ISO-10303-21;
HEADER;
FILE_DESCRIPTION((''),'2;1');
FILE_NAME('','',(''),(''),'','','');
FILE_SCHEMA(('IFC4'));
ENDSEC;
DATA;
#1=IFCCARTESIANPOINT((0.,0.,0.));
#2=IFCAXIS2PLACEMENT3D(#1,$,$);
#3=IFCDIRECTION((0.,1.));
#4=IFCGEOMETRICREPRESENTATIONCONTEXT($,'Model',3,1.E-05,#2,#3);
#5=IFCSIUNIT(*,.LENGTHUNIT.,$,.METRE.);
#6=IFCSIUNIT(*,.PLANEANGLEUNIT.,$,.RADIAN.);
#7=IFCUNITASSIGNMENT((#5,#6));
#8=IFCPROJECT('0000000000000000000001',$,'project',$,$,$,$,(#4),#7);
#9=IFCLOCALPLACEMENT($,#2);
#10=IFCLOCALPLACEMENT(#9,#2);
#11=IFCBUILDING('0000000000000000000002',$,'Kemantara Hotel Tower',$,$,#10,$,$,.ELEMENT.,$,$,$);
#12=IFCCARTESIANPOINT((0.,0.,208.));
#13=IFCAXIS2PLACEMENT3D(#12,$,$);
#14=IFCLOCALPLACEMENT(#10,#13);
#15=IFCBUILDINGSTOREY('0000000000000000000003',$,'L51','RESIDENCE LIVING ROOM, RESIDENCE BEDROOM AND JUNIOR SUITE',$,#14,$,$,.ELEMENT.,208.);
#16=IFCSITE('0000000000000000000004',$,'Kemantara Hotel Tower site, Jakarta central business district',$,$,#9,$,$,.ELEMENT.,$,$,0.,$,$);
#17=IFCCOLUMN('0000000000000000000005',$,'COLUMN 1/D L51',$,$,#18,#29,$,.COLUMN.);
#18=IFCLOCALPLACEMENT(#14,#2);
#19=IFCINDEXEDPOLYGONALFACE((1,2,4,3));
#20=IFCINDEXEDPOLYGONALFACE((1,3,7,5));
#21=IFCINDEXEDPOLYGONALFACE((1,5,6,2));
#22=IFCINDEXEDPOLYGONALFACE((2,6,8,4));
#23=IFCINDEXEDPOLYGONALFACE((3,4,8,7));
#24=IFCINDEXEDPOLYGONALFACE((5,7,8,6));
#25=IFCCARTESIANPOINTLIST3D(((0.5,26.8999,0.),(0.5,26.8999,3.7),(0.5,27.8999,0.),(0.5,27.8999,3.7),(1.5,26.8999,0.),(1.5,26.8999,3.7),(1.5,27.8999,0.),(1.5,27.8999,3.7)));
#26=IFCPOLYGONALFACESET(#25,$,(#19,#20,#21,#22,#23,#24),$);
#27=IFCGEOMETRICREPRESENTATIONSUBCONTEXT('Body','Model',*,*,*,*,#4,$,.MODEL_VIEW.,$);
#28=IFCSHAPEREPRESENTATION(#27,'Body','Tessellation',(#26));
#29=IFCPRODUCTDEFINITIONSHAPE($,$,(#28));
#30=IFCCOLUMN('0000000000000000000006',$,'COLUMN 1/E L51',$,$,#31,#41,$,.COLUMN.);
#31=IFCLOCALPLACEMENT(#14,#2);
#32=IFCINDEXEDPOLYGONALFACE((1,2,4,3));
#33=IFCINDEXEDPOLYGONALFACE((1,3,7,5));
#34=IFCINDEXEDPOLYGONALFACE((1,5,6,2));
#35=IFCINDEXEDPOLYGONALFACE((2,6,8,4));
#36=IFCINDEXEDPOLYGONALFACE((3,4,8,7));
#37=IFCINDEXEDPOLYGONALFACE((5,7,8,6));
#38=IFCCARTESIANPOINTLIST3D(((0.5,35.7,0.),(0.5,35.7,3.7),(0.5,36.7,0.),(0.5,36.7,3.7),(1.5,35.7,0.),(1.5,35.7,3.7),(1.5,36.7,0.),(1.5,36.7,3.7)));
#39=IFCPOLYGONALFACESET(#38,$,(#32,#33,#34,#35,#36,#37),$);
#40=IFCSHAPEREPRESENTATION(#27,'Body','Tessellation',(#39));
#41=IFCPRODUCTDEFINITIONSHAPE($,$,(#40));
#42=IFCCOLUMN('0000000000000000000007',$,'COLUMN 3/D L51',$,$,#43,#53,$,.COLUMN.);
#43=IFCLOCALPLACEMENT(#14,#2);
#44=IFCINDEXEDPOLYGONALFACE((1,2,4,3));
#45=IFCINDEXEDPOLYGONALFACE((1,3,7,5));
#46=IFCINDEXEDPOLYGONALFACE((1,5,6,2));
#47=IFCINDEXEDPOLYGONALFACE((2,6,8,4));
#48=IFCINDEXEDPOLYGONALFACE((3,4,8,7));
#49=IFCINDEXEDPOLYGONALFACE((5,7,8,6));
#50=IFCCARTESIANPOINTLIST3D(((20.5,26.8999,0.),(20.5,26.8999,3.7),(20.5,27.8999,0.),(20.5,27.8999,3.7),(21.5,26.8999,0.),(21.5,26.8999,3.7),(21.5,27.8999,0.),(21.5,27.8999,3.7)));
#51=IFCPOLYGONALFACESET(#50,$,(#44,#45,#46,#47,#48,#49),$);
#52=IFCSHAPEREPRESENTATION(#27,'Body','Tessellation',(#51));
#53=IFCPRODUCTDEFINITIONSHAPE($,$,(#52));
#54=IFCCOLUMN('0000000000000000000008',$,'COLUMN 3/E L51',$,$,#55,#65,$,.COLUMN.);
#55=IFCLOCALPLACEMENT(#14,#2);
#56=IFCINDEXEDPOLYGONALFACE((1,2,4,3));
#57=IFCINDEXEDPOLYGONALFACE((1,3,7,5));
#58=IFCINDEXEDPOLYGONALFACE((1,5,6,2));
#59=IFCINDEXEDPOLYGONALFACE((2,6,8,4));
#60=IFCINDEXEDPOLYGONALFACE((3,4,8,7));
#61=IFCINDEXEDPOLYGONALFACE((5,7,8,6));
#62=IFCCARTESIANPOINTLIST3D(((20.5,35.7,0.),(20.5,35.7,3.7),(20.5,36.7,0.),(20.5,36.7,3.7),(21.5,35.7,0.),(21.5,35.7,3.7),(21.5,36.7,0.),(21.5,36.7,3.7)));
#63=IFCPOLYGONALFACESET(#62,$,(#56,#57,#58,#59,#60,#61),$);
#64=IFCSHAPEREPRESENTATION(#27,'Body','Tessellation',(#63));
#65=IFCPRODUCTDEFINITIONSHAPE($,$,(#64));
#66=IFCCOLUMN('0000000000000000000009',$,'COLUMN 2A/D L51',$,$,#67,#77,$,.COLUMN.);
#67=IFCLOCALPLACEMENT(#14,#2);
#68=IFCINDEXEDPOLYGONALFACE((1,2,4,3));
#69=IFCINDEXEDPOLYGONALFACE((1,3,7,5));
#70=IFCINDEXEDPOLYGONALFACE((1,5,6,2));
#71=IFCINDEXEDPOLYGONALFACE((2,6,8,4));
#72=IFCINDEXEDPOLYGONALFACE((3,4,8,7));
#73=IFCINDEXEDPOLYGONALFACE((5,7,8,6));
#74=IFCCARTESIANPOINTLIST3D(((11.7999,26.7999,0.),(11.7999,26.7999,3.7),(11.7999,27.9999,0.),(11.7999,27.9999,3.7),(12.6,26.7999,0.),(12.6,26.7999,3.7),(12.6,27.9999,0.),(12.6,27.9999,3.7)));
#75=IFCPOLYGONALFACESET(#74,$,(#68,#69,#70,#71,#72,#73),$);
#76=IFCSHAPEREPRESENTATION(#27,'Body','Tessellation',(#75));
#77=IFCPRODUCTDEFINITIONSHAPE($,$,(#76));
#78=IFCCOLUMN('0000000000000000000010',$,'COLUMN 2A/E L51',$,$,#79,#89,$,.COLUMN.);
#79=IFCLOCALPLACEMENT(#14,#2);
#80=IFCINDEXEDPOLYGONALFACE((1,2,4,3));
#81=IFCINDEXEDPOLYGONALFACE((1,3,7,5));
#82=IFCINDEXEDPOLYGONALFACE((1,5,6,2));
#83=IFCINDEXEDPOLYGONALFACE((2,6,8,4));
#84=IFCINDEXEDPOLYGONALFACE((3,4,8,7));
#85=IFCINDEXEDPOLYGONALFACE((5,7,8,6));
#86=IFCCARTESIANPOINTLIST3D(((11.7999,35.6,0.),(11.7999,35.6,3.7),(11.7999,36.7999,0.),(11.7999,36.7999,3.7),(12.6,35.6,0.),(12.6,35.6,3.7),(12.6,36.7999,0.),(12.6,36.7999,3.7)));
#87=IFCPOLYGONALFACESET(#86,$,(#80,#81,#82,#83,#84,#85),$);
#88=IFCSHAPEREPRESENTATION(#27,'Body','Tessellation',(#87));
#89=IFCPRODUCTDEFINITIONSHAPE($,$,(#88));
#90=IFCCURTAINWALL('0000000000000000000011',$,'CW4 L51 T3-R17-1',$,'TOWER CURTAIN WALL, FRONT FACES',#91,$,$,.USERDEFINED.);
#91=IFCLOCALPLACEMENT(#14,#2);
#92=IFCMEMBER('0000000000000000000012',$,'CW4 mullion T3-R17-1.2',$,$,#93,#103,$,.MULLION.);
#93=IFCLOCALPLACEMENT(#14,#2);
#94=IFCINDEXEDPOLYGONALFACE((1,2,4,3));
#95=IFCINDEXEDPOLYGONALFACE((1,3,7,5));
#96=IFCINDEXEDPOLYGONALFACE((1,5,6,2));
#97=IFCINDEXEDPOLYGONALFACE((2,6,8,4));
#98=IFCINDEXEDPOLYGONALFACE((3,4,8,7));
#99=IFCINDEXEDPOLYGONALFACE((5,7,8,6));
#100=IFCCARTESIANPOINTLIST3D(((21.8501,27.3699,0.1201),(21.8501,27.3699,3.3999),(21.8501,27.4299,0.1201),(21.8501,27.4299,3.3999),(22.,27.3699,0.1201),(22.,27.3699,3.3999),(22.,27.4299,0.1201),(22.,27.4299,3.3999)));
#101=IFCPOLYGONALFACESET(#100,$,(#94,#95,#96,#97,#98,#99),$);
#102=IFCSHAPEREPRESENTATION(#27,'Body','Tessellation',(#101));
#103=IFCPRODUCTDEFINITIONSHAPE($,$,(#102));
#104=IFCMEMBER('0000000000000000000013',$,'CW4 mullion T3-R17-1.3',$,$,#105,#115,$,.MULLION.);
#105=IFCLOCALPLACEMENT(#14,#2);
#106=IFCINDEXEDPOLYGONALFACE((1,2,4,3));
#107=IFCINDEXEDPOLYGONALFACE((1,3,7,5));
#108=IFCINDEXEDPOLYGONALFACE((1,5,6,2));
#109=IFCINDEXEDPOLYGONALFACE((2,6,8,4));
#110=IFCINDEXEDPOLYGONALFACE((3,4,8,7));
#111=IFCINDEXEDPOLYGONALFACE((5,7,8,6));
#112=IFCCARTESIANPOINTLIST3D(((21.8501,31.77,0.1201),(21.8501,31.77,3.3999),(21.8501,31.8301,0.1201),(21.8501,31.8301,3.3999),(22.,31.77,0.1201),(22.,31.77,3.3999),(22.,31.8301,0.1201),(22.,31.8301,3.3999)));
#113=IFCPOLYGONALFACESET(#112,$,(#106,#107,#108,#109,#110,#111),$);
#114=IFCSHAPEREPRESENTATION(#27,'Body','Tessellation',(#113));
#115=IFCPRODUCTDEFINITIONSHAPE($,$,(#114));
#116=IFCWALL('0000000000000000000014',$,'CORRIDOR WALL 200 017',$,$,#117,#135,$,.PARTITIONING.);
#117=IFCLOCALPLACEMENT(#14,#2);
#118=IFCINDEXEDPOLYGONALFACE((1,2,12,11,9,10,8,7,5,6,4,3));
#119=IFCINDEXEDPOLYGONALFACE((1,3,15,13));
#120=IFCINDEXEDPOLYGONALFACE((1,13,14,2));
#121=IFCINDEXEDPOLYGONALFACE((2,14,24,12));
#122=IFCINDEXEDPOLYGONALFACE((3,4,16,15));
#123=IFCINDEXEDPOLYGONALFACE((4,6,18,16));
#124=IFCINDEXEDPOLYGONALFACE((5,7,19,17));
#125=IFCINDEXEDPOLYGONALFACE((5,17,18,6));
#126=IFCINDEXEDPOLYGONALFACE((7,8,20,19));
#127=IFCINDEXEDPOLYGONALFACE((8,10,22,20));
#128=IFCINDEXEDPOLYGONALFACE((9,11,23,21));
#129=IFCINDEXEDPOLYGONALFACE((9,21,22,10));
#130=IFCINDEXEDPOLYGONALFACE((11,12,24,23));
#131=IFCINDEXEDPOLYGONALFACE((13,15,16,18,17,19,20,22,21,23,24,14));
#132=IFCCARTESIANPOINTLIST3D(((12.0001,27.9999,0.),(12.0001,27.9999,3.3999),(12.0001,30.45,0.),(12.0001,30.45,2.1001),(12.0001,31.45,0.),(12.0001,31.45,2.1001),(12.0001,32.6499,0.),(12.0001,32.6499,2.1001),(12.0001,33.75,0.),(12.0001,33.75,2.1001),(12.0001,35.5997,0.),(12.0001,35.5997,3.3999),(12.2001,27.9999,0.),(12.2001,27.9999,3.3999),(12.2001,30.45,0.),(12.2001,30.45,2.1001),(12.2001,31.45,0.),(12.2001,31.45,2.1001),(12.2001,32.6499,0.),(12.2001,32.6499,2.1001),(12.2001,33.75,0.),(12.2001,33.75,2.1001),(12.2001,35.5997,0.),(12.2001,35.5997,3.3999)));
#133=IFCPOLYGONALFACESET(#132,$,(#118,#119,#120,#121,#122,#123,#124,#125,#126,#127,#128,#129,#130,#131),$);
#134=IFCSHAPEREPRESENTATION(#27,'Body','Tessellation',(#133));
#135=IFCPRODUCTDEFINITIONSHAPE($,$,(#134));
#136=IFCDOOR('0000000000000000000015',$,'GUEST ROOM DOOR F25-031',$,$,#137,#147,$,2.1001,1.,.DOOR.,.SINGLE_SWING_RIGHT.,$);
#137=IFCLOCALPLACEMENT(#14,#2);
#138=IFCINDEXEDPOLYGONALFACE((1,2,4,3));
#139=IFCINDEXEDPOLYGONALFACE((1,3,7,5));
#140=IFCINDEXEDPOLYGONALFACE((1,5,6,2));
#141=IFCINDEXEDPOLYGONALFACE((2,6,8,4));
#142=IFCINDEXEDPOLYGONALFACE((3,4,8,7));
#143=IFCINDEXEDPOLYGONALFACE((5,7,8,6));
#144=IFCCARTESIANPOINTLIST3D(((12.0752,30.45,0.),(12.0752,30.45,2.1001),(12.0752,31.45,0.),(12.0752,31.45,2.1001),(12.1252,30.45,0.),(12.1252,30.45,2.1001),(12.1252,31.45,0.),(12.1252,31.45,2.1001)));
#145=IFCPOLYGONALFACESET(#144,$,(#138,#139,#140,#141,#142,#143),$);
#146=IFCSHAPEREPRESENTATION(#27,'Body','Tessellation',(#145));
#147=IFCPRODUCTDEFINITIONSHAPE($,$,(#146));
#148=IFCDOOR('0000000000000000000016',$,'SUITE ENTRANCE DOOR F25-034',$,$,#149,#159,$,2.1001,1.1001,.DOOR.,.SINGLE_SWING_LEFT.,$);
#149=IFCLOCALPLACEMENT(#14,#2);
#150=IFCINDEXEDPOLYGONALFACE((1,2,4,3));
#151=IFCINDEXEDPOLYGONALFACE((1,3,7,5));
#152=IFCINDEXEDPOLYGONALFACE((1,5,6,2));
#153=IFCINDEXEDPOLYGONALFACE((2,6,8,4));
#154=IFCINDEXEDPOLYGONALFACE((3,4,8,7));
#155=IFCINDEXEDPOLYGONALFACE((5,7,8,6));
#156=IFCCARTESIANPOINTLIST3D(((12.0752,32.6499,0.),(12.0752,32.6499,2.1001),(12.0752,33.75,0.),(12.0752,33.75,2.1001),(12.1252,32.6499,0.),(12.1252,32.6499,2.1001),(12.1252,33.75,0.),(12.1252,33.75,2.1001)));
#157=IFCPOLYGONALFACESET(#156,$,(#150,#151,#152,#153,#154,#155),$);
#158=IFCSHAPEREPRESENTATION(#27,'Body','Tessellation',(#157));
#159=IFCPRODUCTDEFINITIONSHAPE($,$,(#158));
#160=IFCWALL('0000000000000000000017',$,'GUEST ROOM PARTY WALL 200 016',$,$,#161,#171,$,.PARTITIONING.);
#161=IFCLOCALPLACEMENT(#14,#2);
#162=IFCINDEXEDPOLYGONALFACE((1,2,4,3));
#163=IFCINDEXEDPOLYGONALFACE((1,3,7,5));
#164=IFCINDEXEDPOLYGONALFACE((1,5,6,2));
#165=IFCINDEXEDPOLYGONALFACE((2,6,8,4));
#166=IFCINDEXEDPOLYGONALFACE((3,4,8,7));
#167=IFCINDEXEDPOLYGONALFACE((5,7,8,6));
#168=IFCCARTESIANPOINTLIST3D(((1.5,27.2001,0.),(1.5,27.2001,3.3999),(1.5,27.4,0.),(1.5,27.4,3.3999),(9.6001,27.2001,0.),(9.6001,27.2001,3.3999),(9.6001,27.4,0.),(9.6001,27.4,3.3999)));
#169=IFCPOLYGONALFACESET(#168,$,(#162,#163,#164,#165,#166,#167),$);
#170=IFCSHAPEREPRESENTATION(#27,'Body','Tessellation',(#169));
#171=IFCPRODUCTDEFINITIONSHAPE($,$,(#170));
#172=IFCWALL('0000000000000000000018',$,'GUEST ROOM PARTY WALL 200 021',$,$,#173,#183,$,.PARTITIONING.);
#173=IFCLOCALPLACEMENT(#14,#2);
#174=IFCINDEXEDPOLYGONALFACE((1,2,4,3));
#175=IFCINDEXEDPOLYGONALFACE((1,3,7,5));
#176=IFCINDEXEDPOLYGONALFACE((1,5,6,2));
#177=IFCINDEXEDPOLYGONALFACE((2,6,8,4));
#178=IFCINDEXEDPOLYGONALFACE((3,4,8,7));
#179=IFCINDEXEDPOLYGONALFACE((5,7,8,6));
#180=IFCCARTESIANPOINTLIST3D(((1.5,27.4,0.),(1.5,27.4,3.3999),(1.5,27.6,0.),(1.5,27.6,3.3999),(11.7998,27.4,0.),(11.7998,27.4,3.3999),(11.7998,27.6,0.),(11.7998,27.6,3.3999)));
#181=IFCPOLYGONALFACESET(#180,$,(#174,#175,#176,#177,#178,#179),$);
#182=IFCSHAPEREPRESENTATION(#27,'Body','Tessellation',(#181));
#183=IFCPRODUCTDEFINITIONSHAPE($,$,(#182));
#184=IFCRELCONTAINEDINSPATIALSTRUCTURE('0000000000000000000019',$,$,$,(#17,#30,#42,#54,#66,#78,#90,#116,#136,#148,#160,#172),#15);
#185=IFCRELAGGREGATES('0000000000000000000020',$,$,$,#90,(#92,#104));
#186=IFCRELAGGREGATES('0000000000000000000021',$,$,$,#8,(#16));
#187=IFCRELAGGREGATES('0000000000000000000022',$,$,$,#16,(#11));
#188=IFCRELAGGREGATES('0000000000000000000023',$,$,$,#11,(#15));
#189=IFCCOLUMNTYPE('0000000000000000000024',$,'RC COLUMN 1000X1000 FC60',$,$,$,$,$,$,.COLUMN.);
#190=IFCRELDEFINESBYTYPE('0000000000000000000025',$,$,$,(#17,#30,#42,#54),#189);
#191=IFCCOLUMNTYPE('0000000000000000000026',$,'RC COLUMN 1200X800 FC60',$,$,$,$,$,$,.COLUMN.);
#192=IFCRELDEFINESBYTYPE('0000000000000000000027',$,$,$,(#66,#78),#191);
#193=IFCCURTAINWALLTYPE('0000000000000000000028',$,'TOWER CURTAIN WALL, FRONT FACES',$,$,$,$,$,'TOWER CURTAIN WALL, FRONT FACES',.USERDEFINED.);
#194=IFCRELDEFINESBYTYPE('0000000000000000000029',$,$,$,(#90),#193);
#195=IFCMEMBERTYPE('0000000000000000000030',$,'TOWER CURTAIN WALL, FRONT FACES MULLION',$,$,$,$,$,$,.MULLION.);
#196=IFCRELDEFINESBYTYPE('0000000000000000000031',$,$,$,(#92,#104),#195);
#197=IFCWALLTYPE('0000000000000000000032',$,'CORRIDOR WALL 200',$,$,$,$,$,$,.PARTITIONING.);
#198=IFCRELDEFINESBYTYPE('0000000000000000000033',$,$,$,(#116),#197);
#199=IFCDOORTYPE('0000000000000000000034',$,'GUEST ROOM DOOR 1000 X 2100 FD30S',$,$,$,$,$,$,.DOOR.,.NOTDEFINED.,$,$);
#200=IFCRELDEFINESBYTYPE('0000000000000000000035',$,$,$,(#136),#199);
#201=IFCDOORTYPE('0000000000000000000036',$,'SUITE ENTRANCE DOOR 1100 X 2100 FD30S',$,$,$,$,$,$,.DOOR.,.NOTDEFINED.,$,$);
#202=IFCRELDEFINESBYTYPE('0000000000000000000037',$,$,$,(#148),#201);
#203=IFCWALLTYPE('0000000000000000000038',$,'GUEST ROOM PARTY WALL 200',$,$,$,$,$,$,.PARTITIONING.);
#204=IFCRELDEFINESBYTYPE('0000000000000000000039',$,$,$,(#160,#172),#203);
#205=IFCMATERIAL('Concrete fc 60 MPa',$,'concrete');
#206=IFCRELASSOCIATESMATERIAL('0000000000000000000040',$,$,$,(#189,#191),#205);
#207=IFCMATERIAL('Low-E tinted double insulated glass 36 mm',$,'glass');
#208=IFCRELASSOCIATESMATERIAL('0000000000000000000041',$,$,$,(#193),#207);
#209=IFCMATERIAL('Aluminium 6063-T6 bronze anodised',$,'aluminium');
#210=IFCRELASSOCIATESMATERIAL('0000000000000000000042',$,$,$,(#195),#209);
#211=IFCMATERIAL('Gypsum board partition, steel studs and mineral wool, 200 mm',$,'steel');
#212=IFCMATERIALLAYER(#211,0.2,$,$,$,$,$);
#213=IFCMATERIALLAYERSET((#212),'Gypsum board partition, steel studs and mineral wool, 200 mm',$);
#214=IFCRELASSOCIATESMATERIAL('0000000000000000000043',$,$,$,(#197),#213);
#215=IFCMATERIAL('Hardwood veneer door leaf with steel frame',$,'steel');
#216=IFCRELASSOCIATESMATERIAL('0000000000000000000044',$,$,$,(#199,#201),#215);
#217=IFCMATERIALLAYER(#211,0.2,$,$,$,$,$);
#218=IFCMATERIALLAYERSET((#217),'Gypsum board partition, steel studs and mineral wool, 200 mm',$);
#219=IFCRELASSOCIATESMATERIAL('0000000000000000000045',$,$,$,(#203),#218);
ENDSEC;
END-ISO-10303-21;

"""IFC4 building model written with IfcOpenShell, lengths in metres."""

from ifc_helpers import new_model, si_unit, direction, frame, frame_2d, origin, origin_2d, place, context, subcontext, project, spatial, rectangle, extrude, source, transform, mapped, material, layer, layer_set, material_profile, profile_set, type_object, element, fill, aggregate, save


model = new_model("IFC4")

# Units and contexts
model_context = context("Model", 3, precision=1e-05, world=origin(), true_north=direction((0.0, 1.0)))
body_context = subcontext(model_context, "Body", "Model", "MODEL_VIEW")
ifc_project = project(units=[si_unit("LENGTHUNIT", "METRE"), si_unit("PLANEANGLEUNIT", "RADIAN")], contexts=[model_context])

# Site, building, storey
site_placement = place(None, origin())
site = spatial("IfcSite", under=ifc_project, at=site_placement, Name="Kemantara Hotel Tower site, Jakarta central business district", CompositionType="ELEMENT", RefElevation=0.0)
building_placement = place(site_placement, origin())
building = spatial("IfcBuilding", under=site, at=building_placement, Name="Kemantara Hotel Tower", CompositionType="ELEMENT")
storey_placement = place(building_placement, frame((0.0, 0.0, 208.0)))
storey = spatial("IfcBuildingStorey", under=building, at=storey_placement, Name="L51", Description="RESIDENCE LIVING ROOM, RESIDENCE BEDROOM AND JUNIOR SUITE", CompositionType="ELEMENT", Elevation=208.0)

# Columns
ifc_material_1 = material(Name="Concrete fc 60 MPa", Category="concrete")
ifc_material_profile_1 = material_profile(ifc_material_1, rectangle(XDim=1.0, YDim=1.0, at=origin_2d()), Name="RC 1000X1000")
ifc_profile_set_1 = profile_set([ifc_material_profile_1], Name="Concrete fc 60 MPa")
column_type_1 = type_object("IfcColumnType", Name="RC COLUMN 1000X1000 FC60", PredefinedType="COLUMN", material=ifc_profile_set_1)
for number, where, z_axis, x_axis, name in (
    (1, (1.0, 27.3999, 0.0), (0.0, 0.0, 1.0), (1.0, 0.0, 0.0), "COLUMN 1/D L51"),
    (2, (1.0, 36.2, 0.0), (0.0, 0.0, 1.0), (1.0, 0.0, 0.0), "COLUMN 1/E L51"),
    (3, (21.0, 27.3999, 0.0), (0.0, 0.0, 1.0), (1.0, 0.0, 0.0), "COLUMN 3/D L51"),
    (4, (21.0, 36.2, 0.0), (0.0, 0.0, 1.0), (1.0, 0.0, 0.0), "COLUMN 3/E L51"),
):
    element("IfcColumn", number, at=place(storey_placement, frame(where, z_axis=z_axis, x_axis=x_axis)), inside=storey, type_object=column_type_1, Name=name, PredefinedType="COLUMN", context=body_context, shape_type="SweptSolid", body=[
        extrude(rectangle(XDim=1.0, YDim=1.0, at=origin_2d()), origin(), (0.0, 0.0, 1.0), 3.7),
    ])
ifc_material_profile_2 = material_profile(ifc_material_1, rectangle(XDim=1.2, YDim=0.8, at=origin_2d()), Name="RC 1200X800")
ifc_profile_set_2 = profile_set([ifc_material_profile_2], Name="Concrete fc 60 MPa")
column_type_2 = type_object("IfcColumnType", Name="RC COLUMN 1200X800 FC60", PredefinedType="COLUMN", material=ifc_profile_set_2)
for number, where, z_axis, x_axis, name in (
    (5, (12.2, 27.3999, 0.0), (0.0, 0.0, 1.0), (0.0, 1.0, 0.0), "COLUMN 2A/D L51"),
    (6, (12.2, 36.2, 0.0), (0.0, 0.0, 1.0), (0.0, 1.0, 0.0), "COLUMN 2A/E L51"),
):
    element("IfcColumn", number, at=place(storey_placement, frame(where, z_axis=z_axis, x_axis=x_axis)), inside=storey, type_object=column_type_2, Name=name, PredefinedType="COLUMN", context=body_context, shape_type="SweptSolid", body=[
        extrude(rectangle(XDim=1.2, YDim=0.8, at=origin_2d()), origin(), (0.0, 0.0, 1.0), 3.7),
    ])

# Curtain wall, members
ifc_material_2 = material(Name="Low-E tinted double insulated glass 36 mm", Category="glass")
curtain_wall_type = type_object("IfcCurtainWallType", Name="TOWER CURTAIN WALL, FRONT FACES", ElementType="TOWER CURTAIN WALL, FRONT FACES", PredefinedType="USERDEFINED", material=ifc_material_2)
curtain_wall_placement = place(storey_placement, origin())
curtain_wall = element("IfcCurtainWall", 7, at=curtain_wall_placement, inside=storey, type_object=curtain_wall_type, Name="CW4 L51 T3-R17-1", ObjectType="TOWER CURTAIN WALL, FRONT FACES", PredefinedType="USERDEFINED")
ifc_material_3 = material(Name="Aluminium 6063-T6 bronze anodised", Category="aluminium")
ifc_material_profile_3 = material_profile(ifc_material_3, rectangle(XDim=0.1499, YDim=0.0601, at=origin_2d()), Name="TOWER CURTAIN WALL, FRONT FACES MULLION")
ifc_profile_set_3 = profile_set([ifc_material_profile_3], Name="Aluminium 6063-T6 bronze anodised")
member_type = type_object("IfcMemberType", Name="TOWER CURTAIN WALL, FRONT FACES MULLION", PredefinedType="MULLION", material=ifc_profile_set_3)
shared_shape_1 = source(origin(), body_context, "Body", "SweptSolid", [
    extrude(rectangle(XDim=0.1499, YDim=0.0601, at=origin_2d()), origin(), (0.0, 0.0, 1.0), 3.2798),
])
member_1_placement = place(storey_placement, frame((21.925, 27.3999, 0.1201), z_axis=(0.0, 0.0, 1.0), x_axis=(-1.0, 0.0, 0.0)))
member_1 = element("IfcMember", 8, at=member_1_placement, type_object=member_type, Name="CW4 mullion T3-R17-1.2", PredefinedType="MULLION", context=body_context, shape_type="MappedRepresentation", body=[
    mapped(shared_shape_1, transform((0.0, 0.0, 0.0))),
])
member_2_placement = place(storey_placement, frame((21.925, 31.8, 0.1201), z_axis=(0.0, 0.0, 1.0), x_axis=(-1.0, 0.0, 0.0)))
member_2 = element("IfcMember", 9, at=member_2_placement, type_object=member_type, Name="CW4 mullion T3-R17-1.3", PredefinedType="MULLION", context=body_context, shape_type="MappedRepresentation", body=[
    mapped(shared_shape_1, transform((0.0, 0.0, 0.0))),
])
aggregate(curtain_wall, [member_1, member_2])

# Wall, openings, doors
ifc_material_4 = material(Name="Gypsum board partition, steel studs and mineral wool, 200 mm", Category="steel")
ifc_layer_1 = layer(ifc_material_4, 0.2)
ifc_layer_set_1 = layer_set([ifc_layer_1], Name="Gypsum board partition, steel studs and mineral wool, 200 mm")
wall_type_1 = type_object("IfcWallType", Name="CORRIDOR WALL 200", PredefinedType="PARTITIONING", material=ifc_layer_set_1)
wall_1_placement = place(storey_placement, frame((12.1001, 28.0, 0.0), z_axis=(0.0, 0.0, 1.0), x_axis=(0.0, 1.0, 0.0)))
wall_1 = element("IfcWall", 10, at=wall_1_placement, inside=storey, type_object=wall_type_1, Name="CORRIDOR WALL 200 017", PredefinedType="PARTITIONING", context=body_context, shape_type="SweptSolid", body=[
    extrude(rectangle(XDim=7.5999, YDim=0.2, at=frame_2d((3.7998, 0.0))), origin(), (0.0, 0.0, 1.0), 3.3999),
])
opening_1_placement = place(wall_1_placement, frame((2.45, 0.0, 0.0)))
opening_1 = element("IfcOpeningElement", 11, at=opening_1_placement, cuts=wall_1, PredefinedType="OPENING", context=body_context, shape_type="SweptSolid", body=[
    extrude(rectangle(XDim=1.0, YDim=2.1001, at=frame_2d((0.5, 1.05))), frame((0.0, 0.1099, 0.0), z_axis=(0.0, -1.0, 0.0), x_axis=(1.0, 0.0, 0.0)), (0.0, 0.0, 1.0), 0.22),
])
opening_2_placement = place(wall_1_placement, frame((4.6499, 0.0, 0.0)))
opening_2 = element("IfcOpeningElement", 12, at=opening_2_placement, cuts=wall_1, PredefinedType="OPENING", context=body_context, shape_type="SweptSolid", body=[
    extrude(rectangle(XDim=1.1001, YDim=2.1001, at=frame_2d((0.55, 1.05))), frame((0.0, 0.1099, 0.0), z_axis=(0.0, -1.0, 0.0), x_axis=(1.0, 0.0, 0.0)), (0.0, 0.0, 1.0), 0.22),
])
ifc_material_5 = material(Name="Hardwood veneer door leaf with steel frame", Category="steel")
door_type_1 = type_object("IfcDoorType", Name="GUEST ROOM DOOR 1000 X 2100 FD30S", OperationType="NOTDEFINED", PredefinedType="DOOR", material=ifc_material_5)
door_1_placement = place(opening_1_placement, origin())
door_1 = element("IfcDoor", 13, at=door_1_placement, inside=storey, type_object=door_type_1, Name="GUEST ROOM DOOR F25-031", OperationType="SINGLE_SWING_RIGHT", OverallHeight=2.1001, OverallWidth=1.0, PredefinedType="DOOR", context=body_context, shape_type="SweptSolid", body=[
    extrude(rectangle(XDim=1.0, YDim=2.1001, at=frame_2d((0.5, 1.05))), frame((0.0, 0.0249, 0.0), z_axis=(0.0, -1.0, 0.0), x_axis=(1.0, 0.0, 0.0)), (0.0, 0.0, 1.0), 0.05),
])
fill(opening_1, door_1)
door_type_2 = type_object("IfcDoorType", Name="SUITE ENTRANCE DOOR 1100 X 2100 FD30S", OperationType="NOTDEFINED", PredefinedType="DOOR", material=ifc_material_5)
door_2_placement = place(opening_2_placement, origin())
door_2 = element("IfcDoor", 14, at=door_2_placement, inside=storey, type_object=door_type_2, Name="SUITE ENTRANCE DOOR F25-034", OperationType="SINGLE_SWING_LEFT", OverallHeight=2.1001, OverallWidth=1.1001, PredefinedType="DOOR", context=body_context, shape_type="SweptSolid", body=[
    extrude(rectangle(XDim=1.1001, YDim=2.1001, at=frame_2d((0.55, 1.05))), frame((0.0, 0.0249, 0.0), z_axis=(0.0, -1.0, 0.0), x_axis=(1.0, 0.0, 0.0)), (0.0, 0.0, 1.0), 0.05),
])
fill(opening_2, door_2)

# Walls
ifc_layer_2 = layer(ifc_material_4, 0.2)
ifc_layer_set_2 = layer_set([ifc_layer_2], Name="Gypsum board partition, steel studs and mineral wool, 200 mm")
wall_type_2 = type_object("IfcWallType", Name="GUEST ROOM PARTY WALL 200", PredefinedType="PARTITIONING", material=ifc_layer_set_2)
wall_2_placement = place(storey_placement, frame((1.5, 27.3, 0.0), z_axis=(0.0, 0.0, 1.0), x_axis=(1.0, 0.0, 0.0)))
element("IfcWall", 15, at=wall_2_placement, inside=storey, type_object=wall_type_2, Name="GUEST ROOM PARTY WALL 200 016", PredefinedType="PARTITIONING", context=body_context, shape_type="SweptSolid", body=[
    extrude(rectangle(XDim=8.1001, YDim=0.2, at=frame_2d((4.05, 0.0))), origin(), (0.0, 0.0, 1.0), 3.3999),
])
wall_3_placement = place(storey_placement, frame((1.5, 27.5, 0.0), z_axis=(0.0, 0.0, 1.0), x_axis=(1.0, 0.0, 0.0)))
element("IfcWall", 16, at=wall_3_placement, inside=storey, type_object=wall_type_2, Name="GUEST ROOM PARTY WALL 200 021", PredefinedType="PARTITIONING", context=body_context, shape_type="SweptSolid", body=[
    extrude(rectangle(XDim=10.2998, YDim=0.2, at=frame_2d((5.1499, 0.0))), origin(), (0.0, 0.0, 1.0), 3.3999),
])

save(model, "model.ifc")
